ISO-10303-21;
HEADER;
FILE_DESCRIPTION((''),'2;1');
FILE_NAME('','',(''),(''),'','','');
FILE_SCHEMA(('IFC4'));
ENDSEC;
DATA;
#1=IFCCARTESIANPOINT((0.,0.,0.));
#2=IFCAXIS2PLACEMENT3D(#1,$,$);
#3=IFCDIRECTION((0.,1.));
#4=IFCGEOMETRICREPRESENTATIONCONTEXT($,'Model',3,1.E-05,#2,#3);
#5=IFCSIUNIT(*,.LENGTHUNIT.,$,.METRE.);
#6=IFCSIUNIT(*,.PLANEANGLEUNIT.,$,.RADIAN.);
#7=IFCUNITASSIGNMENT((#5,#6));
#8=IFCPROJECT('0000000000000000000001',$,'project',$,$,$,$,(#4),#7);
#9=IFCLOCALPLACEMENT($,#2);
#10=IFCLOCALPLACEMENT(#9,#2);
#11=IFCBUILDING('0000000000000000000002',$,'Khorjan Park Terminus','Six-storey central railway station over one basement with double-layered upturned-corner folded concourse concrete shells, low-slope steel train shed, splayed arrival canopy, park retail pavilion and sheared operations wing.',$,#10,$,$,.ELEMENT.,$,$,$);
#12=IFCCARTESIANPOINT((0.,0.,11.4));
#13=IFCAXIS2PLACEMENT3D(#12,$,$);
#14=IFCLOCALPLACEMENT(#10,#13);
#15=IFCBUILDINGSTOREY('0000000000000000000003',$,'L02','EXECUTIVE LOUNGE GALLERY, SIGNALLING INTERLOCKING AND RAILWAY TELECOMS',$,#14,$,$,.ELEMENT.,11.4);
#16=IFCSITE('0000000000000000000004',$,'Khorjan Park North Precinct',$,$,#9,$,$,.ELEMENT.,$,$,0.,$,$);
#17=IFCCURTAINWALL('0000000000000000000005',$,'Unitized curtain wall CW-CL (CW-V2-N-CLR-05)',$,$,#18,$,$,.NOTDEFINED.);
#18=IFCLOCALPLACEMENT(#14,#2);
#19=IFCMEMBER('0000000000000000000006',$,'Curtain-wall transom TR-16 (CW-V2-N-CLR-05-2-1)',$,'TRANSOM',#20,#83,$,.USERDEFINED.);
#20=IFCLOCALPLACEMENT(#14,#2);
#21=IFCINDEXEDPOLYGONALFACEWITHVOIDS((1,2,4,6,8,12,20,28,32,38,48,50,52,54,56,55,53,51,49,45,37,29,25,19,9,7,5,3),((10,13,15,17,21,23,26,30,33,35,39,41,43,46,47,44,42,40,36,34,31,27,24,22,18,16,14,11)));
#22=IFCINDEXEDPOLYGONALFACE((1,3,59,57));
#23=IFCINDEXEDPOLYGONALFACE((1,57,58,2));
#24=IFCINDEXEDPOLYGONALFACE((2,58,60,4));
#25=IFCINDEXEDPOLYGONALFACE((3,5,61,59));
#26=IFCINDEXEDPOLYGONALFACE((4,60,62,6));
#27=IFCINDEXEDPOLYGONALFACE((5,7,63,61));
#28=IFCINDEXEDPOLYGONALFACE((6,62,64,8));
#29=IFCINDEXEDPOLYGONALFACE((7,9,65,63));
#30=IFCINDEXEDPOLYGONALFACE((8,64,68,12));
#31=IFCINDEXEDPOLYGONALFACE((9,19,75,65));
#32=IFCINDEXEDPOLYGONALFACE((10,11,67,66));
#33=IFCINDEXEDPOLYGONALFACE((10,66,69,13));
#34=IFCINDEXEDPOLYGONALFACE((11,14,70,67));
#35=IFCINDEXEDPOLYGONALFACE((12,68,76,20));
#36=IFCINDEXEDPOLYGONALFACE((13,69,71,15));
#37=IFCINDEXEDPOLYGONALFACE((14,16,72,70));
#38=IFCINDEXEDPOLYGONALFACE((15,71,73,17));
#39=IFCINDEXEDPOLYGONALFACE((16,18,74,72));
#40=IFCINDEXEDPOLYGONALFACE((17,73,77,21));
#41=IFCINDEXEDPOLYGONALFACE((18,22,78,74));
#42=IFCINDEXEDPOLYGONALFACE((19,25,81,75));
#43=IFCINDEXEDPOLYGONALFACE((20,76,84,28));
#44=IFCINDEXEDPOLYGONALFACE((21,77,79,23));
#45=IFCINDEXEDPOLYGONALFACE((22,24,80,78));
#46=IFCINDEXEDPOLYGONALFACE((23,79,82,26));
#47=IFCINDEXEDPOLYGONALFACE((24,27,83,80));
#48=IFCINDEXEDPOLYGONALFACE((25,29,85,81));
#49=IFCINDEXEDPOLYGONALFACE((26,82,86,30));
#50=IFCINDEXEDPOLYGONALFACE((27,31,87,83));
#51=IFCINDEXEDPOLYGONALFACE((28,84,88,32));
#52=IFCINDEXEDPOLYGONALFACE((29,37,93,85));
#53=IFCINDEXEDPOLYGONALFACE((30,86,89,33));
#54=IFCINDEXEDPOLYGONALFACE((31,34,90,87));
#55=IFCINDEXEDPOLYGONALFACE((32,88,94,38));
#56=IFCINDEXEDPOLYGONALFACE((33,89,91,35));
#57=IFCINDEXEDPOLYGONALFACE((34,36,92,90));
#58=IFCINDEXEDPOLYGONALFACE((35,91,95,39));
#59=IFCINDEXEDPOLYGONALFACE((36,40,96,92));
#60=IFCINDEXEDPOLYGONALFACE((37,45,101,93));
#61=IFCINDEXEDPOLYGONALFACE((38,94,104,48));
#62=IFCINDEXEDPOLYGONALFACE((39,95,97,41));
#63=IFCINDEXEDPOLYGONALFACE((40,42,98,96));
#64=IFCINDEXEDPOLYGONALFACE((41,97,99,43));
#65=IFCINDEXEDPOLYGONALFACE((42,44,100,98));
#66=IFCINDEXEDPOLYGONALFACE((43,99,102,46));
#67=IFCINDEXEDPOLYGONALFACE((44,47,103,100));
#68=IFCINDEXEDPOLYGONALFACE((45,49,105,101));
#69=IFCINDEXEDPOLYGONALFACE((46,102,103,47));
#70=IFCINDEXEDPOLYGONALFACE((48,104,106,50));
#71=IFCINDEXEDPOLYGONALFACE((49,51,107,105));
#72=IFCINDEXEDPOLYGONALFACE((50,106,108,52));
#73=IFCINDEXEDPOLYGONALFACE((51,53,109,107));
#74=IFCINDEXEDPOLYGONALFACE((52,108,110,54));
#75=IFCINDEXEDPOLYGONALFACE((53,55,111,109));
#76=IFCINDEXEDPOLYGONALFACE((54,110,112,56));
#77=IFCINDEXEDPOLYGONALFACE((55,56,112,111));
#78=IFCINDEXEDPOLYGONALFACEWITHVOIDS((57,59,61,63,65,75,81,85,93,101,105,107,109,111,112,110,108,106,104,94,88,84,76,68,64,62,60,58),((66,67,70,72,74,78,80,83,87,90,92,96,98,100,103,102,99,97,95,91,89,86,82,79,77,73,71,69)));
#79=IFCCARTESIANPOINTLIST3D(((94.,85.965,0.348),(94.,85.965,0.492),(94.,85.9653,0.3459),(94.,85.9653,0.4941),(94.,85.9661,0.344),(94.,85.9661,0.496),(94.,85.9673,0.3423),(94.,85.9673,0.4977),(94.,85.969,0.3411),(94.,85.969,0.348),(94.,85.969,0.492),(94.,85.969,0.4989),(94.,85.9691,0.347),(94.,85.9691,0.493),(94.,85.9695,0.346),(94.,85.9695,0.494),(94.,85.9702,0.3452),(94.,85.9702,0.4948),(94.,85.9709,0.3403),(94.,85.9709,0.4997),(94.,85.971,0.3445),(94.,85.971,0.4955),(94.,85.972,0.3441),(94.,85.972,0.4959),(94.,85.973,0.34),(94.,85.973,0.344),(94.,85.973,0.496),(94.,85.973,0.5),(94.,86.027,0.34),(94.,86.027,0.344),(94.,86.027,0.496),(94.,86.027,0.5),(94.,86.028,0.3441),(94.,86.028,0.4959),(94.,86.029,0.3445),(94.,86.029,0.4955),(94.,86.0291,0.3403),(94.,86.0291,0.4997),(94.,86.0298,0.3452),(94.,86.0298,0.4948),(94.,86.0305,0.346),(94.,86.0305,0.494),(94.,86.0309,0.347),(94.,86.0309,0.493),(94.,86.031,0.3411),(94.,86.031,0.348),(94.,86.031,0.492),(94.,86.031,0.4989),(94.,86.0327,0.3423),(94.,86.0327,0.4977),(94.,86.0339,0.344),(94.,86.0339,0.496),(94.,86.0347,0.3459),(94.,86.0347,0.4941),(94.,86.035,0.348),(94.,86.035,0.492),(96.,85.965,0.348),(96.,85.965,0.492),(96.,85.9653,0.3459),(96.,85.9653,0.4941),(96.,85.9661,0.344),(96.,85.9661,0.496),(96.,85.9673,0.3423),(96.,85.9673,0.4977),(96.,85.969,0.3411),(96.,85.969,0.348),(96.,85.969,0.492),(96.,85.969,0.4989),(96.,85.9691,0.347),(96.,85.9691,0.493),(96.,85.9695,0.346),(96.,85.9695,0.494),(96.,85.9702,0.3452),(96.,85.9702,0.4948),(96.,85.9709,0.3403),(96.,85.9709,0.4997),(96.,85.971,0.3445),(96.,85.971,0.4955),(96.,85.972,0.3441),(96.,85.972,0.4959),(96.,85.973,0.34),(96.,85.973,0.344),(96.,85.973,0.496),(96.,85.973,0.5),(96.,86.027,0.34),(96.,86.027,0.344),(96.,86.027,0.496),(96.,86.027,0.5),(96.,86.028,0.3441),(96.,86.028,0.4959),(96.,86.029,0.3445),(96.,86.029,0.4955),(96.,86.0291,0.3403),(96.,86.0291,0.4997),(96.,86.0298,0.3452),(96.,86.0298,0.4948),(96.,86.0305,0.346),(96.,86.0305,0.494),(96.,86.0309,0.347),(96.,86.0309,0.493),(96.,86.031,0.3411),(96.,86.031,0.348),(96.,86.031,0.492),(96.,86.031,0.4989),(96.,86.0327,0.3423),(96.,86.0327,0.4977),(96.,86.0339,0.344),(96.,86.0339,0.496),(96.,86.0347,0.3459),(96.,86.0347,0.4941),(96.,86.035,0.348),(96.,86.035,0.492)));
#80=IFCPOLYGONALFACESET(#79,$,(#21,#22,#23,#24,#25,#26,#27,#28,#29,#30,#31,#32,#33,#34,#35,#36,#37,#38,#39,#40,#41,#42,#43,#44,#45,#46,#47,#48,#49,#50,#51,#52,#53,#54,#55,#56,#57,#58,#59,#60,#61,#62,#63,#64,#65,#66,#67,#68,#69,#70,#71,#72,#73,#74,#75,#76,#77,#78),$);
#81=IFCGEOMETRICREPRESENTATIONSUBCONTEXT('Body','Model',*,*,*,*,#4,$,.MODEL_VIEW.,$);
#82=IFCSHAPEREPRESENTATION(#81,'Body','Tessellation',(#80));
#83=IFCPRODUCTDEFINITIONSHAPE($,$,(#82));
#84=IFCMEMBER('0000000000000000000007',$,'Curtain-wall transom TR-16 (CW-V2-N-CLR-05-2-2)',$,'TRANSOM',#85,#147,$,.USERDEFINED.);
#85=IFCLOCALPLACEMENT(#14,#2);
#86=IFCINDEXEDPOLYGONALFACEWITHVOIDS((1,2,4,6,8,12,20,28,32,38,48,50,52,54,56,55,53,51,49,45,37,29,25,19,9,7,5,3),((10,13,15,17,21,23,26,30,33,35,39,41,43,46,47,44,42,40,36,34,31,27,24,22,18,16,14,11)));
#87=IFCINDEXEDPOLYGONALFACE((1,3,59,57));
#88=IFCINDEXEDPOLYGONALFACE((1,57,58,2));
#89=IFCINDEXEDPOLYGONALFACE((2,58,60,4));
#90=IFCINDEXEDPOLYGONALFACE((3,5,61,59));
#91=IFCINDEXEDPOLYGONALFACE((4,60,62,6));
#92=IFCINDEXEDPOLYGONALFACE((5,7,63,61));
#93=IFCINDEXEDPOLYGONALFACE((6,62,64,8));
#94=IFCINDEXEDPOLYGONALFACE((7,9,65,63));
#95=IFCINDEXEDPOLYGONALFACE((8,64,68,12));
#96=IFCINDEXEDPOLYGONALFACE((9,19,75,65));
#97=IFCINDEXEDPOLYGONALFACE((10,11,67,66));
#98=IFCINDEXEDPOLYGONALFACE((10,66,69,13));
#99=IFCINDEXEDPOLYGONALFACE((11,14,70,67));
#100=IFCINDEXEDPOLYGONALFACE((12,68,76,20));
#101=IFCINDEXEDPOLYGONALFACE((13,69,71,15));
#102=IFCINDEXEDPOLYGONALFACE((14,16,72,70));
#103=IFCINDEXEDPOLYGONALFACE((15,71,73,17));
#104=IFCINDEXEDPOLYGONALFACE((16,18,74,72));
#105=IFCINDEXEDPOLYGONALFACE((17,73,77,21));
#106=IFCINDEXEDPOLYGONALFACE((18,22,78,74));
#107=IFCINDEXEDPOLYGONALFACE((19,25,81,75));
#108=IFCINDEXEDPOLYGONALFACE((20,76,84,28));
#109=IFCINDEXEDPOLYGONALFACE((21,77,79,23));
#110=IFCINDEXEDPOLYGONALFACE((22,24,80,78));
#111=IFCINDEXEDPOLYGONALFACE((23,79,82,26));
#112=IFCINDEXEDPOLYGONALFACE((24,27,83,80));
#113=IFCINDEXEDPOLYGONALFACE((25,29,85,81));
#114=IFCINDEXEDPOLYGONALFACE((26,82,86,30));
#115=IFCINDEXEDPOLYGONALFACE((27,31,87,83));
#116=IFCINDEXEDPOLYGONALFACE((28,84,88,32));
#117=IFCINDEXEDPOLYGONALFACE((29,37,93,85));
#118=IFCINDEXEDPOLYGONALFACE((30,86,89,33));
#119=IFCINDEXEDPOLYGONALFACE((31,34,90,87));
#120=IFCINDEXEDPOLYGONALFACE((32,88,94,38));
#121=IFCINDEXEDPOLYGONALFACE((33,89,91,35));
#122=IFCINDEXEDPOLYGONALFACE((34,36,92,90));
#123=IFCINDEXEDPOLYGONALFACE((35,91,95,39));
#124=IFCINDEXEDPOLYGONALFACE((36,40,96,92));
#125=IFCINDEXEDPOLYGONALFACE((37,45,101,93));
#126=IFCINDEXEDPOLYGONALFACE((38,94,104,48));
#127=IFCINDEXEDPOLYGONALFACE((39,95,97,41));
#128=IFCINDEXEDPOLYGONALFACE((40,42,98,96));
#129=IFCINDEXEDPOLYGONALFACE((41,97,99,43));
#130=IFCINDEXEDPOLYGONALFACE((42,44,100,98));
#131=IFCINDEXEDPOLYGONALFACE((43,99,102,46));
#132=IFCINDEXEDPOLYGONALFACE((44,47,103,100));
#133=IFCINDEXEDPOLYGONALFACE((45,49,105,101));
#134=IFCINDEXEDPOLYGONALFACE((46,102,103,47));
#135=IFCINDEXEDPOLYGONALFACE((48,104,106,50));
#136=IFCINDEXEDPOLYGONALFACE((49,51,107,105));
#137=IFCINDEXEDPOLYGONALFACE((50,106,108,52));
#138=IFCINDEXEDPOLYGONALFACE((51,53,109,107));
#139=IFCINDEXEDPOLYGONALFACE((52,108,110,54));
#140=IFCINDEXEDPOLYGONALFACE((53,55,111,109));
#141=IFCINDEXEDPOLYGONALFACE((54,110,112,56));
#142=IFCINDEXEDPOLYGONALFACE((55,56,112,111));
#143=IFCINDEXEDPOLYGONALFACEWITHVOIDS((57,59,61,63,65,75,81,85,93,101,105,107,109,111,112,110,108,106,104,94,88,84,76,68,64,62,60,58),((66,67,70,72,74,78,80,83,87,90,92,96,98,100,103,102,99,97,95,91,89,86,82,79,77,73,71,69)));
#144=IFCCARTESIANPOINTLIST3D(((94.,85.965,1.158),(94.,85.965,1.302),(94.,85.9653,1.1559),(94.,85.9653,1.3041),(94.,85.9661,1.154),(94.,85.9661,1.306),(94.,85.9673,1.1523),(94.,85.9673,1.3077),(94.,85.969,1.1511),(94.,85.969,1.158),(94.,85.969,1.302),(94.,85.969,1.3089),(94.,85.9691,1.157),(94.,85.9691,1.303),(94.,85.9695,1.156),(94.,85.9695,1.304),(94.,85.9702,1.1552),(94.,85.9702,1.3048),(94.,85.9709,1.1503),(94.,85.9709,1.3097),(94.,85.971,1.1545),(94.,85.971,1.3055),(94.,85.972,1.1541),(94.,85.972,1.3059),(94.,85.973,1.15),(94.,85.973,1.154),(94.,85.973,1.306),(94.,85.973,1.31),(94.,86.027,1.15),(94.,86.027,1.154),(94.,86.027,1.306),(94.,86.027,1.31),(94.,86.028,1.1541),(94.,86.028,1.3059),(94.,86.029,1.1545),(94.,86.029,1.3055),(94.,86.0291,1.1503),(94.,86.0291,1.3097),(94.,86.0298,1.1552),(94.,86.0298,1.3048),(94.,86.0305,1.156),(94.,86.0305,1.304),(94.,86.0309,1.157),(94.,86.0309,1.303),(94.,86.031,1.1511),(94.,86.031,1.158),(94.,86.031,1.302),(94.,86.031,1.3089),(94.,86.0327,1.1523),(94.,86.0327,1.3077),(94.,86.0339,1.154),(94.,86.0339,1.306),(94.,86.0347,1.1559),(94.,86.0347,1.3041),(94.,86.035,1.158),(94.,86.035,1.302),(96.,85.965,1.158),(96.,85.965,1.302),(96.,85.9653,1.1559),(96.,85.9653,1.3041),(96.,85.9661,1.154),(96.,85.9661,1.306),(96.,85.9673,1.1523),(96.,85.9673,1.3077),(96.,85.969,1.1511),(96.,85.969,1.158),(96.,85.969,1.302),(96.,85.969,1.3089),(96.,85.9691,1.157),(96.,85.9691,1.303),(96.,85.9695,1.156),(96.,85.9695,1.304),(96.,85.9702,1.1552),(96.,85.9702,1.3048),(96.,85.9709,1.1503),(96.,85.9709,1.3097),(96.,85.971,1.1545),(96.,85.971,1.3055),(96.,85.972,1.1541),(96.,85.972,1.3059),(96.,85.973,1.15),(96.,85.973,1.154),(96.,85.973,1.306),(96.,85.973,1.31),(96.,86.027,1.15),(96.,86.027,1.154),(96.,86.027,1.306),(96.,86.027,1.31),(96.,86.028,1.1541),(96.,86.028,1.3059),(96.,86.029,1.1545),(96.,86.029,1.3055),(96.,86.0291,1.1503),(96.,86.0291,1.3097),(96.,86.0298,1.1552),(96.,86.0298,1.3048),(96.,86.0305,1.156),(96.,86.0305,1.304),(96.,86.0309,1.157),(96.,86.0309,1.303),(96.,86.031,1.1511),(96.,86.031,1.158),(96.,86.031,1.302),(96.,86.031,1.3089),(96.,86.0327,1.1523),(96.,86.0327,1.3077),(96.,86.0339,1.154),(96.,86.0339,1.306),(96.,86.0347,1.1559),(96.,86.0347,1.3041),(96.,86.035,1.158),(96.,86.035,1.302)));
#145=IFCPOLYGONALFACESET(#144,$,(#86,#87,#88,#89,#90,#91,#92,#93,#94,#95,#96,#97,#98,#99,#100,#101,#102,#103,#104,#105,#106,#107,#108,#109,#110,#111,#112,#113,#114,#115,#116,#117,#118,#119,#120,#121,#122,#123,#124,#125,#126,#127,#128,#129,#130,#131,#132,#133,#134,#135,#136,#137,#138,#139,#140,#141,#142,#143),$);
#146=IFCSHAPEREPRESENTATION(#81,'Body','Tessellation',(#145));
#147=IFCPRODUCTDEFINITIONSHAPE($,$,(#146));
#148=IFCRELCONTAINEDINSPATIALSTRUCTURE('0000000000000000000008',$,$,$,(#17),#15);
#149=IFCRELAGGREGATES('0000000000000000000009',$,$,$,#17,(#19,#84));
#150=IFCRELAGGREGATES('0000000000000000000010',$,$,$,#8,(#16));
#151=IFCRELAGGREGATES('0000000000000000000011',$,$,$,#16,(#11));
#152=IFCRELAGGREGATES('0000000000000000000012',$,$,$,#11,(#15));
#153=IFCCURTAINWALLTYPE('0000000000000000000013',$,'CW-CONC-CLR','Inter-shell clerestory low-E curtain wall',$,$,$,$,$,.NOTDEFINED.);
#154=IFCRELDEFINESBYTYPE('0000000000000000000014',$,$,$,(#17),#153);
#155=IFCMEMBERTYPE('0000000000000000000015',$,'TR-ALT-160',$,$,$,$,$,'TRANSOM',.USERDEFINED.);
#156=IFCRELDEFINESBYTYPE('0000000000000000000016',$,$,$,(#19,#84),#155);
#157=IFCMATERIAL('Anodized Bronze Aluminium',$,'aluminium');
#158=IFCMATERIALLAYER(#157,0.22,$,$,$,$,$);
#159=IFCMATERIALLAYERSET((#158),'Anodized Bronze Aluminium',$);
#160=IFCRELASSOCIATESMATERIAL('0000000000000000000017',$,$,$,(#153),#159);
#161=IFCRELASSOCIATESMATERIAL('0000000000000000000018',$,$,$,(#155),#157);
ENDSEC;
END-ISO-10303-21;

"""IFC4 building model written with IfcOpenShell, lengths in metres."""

from ifc_helpers import new_model, si_unit, direction, frame, origin, origin_2d, place, context, subcontext, project, spatial, hollow_rectangle, extrude, material, layer, layer_set, material_profile, profile_set, type_object, element, aggregate, save


model = new_model("IFC4")

# Units and contexts
model_context = context("Model", 3, precision=1e-05, world=origin(), true_north=direction((0.0, 1.0)))
body_context = subcontext(model_context, "Body", "Model", "MODEL_VIEW")
ifc_project = project(units=[si_unit("LENGTHUNIT", "METRE"), si_unit("PLANEANGLEUNIT", "RADIAN")], contexts=[model_context])

# Site, building, storey
site_placement = place(None, origin())
site = spatial("IfcSite", under=ifc_project, at=site_placement, Name="Khorjan Park North Precinct", CompositionType="ELEMENT", RefElevation=0.0)
building_placement = place(site_placement, origin())
building = spatial("IfcBuilding", under=site, at=building_placement, Name="Khorjan Park Terminus", Description="Six-storey central railway station over one basement with double-layered upturned-corner folded concourse concrete shells, low-slope steel train shed, splayed arrival canopy, park retail pavilion and sheared operations wing.", CompositionType="ELEMENT")
storey_placement = place(building_placement, frame((0.0, 0.0, 11.4)))
storey = spatial("IfcBuildingStorey", under=building, at=storey_placement, Name="L02", Description="EXECUTIVE LOUNGE GALLERY, SIGNALLING INTERLOCKING AND RAILWAY TELECOMS", CompositionType="ELEMENT", Elevation=11.4)

# Curtain wall
ifc_material_1 = material(Name="Anodized Bronze Aluminium", Category="aluminium")
ifc_layer_1 = layer(ifc_material_1, 0.22)
ifc_layer_set_1 = layer_set([ifc_layer_1], Name="Anodized Bronze Aluminium")
curtain_wall_type = type_object("IfcCurtainWallType", Name="CW-CONC-CLR", Description="Inter-shell clerestory low-E curtain wall", PredefinedType="NOTDEFINED", material=ifc_layer_set_1)
curtain_wall_1_placement = place(storey_placement, origin())
curtain_wall_1 = element("IfcCurtainWall", 1, at=curtain_wall_1_placement, inside=storey, type_object=curtain_wall_type, Name="Unitized curtain wall CW-CL (CW-V2-N-CLR-05)", PredefinedType="NOTDEFINED")

# Members
ifc_material_profile_1 = material_profile(ifc_material_1, hollow_rectangle(XDim=0.07, YDim=0.16, WallThickness=0.004, InnerFilletRadius=0.004, OuterFilletRadius=0.008, at=origin_2d()), Name="ALT 70x160x4")
ifc_profile_set_1 = profile_set([ifc_material_profile_1], Name="Anodized Bronze Aluminium")
member_type_1 = type_object("IfcMemberType", Name="TR-ALT-160", ElementType="TRANSOM", PredefinedType="USERDEFINED", material=ifc_profile_set_1)
member_1_placement = place(storey_placement, frame((96.0, 86.0, 0.42), z_axis=(-1.0, 0.0, 0.0), x_axis=(0.0, -1.0, 0.0)))
member_1 = element("IfcMember", 2, at=member_1_placement, type_object=member_type_1, Name="Curtain-wall transom TR-16 (CW-V2-N-CLR-05-2-1)", ObjectType="TRANSOM", PredefinedType="USERDEFINED", context=body_context, shape_type="SweptSolid", body=[
    extrude(hollow_rectangle(XDim=0.07, YDim=0.16, WallThickness=0.004, InnerFilletRadius=0.004, OuterFilletRadius=0.008, at=origin_2d()), origin(), (0.0, 0.0, 1.0), 2.0),
])
member_2_placement = place(storey_placement, frame((96.0, 86.0, 1.23), z_axis=(-1.0, 0.0, 0.0), x_axis=(0.0, -1.0, 0.0)))
member_2 = element("IfcMember", 3, at=member_2_placement, type_object=member_type_1, Name="Curtain-wall transom TR-16 (CW-V2-N-CLR-05-2-2)", ObjectType="TRANSOM", PredefinedType="USERDEFINED", context=body_context, shape_type="SweptSolid", body=[
    extrude(hollow_rectangle(XDim=0.07, YDim=0.16, WallThickness=0.004, InnerFilletRadius=0.004, OuterFilletRadius=0.008, at=origin_2d()), origin(), (0.0, 0.0, 1.0), 2.0),
])

aggregate(curtain_wall_1, [member_1, member_2])

save(model, "model.ifc")
